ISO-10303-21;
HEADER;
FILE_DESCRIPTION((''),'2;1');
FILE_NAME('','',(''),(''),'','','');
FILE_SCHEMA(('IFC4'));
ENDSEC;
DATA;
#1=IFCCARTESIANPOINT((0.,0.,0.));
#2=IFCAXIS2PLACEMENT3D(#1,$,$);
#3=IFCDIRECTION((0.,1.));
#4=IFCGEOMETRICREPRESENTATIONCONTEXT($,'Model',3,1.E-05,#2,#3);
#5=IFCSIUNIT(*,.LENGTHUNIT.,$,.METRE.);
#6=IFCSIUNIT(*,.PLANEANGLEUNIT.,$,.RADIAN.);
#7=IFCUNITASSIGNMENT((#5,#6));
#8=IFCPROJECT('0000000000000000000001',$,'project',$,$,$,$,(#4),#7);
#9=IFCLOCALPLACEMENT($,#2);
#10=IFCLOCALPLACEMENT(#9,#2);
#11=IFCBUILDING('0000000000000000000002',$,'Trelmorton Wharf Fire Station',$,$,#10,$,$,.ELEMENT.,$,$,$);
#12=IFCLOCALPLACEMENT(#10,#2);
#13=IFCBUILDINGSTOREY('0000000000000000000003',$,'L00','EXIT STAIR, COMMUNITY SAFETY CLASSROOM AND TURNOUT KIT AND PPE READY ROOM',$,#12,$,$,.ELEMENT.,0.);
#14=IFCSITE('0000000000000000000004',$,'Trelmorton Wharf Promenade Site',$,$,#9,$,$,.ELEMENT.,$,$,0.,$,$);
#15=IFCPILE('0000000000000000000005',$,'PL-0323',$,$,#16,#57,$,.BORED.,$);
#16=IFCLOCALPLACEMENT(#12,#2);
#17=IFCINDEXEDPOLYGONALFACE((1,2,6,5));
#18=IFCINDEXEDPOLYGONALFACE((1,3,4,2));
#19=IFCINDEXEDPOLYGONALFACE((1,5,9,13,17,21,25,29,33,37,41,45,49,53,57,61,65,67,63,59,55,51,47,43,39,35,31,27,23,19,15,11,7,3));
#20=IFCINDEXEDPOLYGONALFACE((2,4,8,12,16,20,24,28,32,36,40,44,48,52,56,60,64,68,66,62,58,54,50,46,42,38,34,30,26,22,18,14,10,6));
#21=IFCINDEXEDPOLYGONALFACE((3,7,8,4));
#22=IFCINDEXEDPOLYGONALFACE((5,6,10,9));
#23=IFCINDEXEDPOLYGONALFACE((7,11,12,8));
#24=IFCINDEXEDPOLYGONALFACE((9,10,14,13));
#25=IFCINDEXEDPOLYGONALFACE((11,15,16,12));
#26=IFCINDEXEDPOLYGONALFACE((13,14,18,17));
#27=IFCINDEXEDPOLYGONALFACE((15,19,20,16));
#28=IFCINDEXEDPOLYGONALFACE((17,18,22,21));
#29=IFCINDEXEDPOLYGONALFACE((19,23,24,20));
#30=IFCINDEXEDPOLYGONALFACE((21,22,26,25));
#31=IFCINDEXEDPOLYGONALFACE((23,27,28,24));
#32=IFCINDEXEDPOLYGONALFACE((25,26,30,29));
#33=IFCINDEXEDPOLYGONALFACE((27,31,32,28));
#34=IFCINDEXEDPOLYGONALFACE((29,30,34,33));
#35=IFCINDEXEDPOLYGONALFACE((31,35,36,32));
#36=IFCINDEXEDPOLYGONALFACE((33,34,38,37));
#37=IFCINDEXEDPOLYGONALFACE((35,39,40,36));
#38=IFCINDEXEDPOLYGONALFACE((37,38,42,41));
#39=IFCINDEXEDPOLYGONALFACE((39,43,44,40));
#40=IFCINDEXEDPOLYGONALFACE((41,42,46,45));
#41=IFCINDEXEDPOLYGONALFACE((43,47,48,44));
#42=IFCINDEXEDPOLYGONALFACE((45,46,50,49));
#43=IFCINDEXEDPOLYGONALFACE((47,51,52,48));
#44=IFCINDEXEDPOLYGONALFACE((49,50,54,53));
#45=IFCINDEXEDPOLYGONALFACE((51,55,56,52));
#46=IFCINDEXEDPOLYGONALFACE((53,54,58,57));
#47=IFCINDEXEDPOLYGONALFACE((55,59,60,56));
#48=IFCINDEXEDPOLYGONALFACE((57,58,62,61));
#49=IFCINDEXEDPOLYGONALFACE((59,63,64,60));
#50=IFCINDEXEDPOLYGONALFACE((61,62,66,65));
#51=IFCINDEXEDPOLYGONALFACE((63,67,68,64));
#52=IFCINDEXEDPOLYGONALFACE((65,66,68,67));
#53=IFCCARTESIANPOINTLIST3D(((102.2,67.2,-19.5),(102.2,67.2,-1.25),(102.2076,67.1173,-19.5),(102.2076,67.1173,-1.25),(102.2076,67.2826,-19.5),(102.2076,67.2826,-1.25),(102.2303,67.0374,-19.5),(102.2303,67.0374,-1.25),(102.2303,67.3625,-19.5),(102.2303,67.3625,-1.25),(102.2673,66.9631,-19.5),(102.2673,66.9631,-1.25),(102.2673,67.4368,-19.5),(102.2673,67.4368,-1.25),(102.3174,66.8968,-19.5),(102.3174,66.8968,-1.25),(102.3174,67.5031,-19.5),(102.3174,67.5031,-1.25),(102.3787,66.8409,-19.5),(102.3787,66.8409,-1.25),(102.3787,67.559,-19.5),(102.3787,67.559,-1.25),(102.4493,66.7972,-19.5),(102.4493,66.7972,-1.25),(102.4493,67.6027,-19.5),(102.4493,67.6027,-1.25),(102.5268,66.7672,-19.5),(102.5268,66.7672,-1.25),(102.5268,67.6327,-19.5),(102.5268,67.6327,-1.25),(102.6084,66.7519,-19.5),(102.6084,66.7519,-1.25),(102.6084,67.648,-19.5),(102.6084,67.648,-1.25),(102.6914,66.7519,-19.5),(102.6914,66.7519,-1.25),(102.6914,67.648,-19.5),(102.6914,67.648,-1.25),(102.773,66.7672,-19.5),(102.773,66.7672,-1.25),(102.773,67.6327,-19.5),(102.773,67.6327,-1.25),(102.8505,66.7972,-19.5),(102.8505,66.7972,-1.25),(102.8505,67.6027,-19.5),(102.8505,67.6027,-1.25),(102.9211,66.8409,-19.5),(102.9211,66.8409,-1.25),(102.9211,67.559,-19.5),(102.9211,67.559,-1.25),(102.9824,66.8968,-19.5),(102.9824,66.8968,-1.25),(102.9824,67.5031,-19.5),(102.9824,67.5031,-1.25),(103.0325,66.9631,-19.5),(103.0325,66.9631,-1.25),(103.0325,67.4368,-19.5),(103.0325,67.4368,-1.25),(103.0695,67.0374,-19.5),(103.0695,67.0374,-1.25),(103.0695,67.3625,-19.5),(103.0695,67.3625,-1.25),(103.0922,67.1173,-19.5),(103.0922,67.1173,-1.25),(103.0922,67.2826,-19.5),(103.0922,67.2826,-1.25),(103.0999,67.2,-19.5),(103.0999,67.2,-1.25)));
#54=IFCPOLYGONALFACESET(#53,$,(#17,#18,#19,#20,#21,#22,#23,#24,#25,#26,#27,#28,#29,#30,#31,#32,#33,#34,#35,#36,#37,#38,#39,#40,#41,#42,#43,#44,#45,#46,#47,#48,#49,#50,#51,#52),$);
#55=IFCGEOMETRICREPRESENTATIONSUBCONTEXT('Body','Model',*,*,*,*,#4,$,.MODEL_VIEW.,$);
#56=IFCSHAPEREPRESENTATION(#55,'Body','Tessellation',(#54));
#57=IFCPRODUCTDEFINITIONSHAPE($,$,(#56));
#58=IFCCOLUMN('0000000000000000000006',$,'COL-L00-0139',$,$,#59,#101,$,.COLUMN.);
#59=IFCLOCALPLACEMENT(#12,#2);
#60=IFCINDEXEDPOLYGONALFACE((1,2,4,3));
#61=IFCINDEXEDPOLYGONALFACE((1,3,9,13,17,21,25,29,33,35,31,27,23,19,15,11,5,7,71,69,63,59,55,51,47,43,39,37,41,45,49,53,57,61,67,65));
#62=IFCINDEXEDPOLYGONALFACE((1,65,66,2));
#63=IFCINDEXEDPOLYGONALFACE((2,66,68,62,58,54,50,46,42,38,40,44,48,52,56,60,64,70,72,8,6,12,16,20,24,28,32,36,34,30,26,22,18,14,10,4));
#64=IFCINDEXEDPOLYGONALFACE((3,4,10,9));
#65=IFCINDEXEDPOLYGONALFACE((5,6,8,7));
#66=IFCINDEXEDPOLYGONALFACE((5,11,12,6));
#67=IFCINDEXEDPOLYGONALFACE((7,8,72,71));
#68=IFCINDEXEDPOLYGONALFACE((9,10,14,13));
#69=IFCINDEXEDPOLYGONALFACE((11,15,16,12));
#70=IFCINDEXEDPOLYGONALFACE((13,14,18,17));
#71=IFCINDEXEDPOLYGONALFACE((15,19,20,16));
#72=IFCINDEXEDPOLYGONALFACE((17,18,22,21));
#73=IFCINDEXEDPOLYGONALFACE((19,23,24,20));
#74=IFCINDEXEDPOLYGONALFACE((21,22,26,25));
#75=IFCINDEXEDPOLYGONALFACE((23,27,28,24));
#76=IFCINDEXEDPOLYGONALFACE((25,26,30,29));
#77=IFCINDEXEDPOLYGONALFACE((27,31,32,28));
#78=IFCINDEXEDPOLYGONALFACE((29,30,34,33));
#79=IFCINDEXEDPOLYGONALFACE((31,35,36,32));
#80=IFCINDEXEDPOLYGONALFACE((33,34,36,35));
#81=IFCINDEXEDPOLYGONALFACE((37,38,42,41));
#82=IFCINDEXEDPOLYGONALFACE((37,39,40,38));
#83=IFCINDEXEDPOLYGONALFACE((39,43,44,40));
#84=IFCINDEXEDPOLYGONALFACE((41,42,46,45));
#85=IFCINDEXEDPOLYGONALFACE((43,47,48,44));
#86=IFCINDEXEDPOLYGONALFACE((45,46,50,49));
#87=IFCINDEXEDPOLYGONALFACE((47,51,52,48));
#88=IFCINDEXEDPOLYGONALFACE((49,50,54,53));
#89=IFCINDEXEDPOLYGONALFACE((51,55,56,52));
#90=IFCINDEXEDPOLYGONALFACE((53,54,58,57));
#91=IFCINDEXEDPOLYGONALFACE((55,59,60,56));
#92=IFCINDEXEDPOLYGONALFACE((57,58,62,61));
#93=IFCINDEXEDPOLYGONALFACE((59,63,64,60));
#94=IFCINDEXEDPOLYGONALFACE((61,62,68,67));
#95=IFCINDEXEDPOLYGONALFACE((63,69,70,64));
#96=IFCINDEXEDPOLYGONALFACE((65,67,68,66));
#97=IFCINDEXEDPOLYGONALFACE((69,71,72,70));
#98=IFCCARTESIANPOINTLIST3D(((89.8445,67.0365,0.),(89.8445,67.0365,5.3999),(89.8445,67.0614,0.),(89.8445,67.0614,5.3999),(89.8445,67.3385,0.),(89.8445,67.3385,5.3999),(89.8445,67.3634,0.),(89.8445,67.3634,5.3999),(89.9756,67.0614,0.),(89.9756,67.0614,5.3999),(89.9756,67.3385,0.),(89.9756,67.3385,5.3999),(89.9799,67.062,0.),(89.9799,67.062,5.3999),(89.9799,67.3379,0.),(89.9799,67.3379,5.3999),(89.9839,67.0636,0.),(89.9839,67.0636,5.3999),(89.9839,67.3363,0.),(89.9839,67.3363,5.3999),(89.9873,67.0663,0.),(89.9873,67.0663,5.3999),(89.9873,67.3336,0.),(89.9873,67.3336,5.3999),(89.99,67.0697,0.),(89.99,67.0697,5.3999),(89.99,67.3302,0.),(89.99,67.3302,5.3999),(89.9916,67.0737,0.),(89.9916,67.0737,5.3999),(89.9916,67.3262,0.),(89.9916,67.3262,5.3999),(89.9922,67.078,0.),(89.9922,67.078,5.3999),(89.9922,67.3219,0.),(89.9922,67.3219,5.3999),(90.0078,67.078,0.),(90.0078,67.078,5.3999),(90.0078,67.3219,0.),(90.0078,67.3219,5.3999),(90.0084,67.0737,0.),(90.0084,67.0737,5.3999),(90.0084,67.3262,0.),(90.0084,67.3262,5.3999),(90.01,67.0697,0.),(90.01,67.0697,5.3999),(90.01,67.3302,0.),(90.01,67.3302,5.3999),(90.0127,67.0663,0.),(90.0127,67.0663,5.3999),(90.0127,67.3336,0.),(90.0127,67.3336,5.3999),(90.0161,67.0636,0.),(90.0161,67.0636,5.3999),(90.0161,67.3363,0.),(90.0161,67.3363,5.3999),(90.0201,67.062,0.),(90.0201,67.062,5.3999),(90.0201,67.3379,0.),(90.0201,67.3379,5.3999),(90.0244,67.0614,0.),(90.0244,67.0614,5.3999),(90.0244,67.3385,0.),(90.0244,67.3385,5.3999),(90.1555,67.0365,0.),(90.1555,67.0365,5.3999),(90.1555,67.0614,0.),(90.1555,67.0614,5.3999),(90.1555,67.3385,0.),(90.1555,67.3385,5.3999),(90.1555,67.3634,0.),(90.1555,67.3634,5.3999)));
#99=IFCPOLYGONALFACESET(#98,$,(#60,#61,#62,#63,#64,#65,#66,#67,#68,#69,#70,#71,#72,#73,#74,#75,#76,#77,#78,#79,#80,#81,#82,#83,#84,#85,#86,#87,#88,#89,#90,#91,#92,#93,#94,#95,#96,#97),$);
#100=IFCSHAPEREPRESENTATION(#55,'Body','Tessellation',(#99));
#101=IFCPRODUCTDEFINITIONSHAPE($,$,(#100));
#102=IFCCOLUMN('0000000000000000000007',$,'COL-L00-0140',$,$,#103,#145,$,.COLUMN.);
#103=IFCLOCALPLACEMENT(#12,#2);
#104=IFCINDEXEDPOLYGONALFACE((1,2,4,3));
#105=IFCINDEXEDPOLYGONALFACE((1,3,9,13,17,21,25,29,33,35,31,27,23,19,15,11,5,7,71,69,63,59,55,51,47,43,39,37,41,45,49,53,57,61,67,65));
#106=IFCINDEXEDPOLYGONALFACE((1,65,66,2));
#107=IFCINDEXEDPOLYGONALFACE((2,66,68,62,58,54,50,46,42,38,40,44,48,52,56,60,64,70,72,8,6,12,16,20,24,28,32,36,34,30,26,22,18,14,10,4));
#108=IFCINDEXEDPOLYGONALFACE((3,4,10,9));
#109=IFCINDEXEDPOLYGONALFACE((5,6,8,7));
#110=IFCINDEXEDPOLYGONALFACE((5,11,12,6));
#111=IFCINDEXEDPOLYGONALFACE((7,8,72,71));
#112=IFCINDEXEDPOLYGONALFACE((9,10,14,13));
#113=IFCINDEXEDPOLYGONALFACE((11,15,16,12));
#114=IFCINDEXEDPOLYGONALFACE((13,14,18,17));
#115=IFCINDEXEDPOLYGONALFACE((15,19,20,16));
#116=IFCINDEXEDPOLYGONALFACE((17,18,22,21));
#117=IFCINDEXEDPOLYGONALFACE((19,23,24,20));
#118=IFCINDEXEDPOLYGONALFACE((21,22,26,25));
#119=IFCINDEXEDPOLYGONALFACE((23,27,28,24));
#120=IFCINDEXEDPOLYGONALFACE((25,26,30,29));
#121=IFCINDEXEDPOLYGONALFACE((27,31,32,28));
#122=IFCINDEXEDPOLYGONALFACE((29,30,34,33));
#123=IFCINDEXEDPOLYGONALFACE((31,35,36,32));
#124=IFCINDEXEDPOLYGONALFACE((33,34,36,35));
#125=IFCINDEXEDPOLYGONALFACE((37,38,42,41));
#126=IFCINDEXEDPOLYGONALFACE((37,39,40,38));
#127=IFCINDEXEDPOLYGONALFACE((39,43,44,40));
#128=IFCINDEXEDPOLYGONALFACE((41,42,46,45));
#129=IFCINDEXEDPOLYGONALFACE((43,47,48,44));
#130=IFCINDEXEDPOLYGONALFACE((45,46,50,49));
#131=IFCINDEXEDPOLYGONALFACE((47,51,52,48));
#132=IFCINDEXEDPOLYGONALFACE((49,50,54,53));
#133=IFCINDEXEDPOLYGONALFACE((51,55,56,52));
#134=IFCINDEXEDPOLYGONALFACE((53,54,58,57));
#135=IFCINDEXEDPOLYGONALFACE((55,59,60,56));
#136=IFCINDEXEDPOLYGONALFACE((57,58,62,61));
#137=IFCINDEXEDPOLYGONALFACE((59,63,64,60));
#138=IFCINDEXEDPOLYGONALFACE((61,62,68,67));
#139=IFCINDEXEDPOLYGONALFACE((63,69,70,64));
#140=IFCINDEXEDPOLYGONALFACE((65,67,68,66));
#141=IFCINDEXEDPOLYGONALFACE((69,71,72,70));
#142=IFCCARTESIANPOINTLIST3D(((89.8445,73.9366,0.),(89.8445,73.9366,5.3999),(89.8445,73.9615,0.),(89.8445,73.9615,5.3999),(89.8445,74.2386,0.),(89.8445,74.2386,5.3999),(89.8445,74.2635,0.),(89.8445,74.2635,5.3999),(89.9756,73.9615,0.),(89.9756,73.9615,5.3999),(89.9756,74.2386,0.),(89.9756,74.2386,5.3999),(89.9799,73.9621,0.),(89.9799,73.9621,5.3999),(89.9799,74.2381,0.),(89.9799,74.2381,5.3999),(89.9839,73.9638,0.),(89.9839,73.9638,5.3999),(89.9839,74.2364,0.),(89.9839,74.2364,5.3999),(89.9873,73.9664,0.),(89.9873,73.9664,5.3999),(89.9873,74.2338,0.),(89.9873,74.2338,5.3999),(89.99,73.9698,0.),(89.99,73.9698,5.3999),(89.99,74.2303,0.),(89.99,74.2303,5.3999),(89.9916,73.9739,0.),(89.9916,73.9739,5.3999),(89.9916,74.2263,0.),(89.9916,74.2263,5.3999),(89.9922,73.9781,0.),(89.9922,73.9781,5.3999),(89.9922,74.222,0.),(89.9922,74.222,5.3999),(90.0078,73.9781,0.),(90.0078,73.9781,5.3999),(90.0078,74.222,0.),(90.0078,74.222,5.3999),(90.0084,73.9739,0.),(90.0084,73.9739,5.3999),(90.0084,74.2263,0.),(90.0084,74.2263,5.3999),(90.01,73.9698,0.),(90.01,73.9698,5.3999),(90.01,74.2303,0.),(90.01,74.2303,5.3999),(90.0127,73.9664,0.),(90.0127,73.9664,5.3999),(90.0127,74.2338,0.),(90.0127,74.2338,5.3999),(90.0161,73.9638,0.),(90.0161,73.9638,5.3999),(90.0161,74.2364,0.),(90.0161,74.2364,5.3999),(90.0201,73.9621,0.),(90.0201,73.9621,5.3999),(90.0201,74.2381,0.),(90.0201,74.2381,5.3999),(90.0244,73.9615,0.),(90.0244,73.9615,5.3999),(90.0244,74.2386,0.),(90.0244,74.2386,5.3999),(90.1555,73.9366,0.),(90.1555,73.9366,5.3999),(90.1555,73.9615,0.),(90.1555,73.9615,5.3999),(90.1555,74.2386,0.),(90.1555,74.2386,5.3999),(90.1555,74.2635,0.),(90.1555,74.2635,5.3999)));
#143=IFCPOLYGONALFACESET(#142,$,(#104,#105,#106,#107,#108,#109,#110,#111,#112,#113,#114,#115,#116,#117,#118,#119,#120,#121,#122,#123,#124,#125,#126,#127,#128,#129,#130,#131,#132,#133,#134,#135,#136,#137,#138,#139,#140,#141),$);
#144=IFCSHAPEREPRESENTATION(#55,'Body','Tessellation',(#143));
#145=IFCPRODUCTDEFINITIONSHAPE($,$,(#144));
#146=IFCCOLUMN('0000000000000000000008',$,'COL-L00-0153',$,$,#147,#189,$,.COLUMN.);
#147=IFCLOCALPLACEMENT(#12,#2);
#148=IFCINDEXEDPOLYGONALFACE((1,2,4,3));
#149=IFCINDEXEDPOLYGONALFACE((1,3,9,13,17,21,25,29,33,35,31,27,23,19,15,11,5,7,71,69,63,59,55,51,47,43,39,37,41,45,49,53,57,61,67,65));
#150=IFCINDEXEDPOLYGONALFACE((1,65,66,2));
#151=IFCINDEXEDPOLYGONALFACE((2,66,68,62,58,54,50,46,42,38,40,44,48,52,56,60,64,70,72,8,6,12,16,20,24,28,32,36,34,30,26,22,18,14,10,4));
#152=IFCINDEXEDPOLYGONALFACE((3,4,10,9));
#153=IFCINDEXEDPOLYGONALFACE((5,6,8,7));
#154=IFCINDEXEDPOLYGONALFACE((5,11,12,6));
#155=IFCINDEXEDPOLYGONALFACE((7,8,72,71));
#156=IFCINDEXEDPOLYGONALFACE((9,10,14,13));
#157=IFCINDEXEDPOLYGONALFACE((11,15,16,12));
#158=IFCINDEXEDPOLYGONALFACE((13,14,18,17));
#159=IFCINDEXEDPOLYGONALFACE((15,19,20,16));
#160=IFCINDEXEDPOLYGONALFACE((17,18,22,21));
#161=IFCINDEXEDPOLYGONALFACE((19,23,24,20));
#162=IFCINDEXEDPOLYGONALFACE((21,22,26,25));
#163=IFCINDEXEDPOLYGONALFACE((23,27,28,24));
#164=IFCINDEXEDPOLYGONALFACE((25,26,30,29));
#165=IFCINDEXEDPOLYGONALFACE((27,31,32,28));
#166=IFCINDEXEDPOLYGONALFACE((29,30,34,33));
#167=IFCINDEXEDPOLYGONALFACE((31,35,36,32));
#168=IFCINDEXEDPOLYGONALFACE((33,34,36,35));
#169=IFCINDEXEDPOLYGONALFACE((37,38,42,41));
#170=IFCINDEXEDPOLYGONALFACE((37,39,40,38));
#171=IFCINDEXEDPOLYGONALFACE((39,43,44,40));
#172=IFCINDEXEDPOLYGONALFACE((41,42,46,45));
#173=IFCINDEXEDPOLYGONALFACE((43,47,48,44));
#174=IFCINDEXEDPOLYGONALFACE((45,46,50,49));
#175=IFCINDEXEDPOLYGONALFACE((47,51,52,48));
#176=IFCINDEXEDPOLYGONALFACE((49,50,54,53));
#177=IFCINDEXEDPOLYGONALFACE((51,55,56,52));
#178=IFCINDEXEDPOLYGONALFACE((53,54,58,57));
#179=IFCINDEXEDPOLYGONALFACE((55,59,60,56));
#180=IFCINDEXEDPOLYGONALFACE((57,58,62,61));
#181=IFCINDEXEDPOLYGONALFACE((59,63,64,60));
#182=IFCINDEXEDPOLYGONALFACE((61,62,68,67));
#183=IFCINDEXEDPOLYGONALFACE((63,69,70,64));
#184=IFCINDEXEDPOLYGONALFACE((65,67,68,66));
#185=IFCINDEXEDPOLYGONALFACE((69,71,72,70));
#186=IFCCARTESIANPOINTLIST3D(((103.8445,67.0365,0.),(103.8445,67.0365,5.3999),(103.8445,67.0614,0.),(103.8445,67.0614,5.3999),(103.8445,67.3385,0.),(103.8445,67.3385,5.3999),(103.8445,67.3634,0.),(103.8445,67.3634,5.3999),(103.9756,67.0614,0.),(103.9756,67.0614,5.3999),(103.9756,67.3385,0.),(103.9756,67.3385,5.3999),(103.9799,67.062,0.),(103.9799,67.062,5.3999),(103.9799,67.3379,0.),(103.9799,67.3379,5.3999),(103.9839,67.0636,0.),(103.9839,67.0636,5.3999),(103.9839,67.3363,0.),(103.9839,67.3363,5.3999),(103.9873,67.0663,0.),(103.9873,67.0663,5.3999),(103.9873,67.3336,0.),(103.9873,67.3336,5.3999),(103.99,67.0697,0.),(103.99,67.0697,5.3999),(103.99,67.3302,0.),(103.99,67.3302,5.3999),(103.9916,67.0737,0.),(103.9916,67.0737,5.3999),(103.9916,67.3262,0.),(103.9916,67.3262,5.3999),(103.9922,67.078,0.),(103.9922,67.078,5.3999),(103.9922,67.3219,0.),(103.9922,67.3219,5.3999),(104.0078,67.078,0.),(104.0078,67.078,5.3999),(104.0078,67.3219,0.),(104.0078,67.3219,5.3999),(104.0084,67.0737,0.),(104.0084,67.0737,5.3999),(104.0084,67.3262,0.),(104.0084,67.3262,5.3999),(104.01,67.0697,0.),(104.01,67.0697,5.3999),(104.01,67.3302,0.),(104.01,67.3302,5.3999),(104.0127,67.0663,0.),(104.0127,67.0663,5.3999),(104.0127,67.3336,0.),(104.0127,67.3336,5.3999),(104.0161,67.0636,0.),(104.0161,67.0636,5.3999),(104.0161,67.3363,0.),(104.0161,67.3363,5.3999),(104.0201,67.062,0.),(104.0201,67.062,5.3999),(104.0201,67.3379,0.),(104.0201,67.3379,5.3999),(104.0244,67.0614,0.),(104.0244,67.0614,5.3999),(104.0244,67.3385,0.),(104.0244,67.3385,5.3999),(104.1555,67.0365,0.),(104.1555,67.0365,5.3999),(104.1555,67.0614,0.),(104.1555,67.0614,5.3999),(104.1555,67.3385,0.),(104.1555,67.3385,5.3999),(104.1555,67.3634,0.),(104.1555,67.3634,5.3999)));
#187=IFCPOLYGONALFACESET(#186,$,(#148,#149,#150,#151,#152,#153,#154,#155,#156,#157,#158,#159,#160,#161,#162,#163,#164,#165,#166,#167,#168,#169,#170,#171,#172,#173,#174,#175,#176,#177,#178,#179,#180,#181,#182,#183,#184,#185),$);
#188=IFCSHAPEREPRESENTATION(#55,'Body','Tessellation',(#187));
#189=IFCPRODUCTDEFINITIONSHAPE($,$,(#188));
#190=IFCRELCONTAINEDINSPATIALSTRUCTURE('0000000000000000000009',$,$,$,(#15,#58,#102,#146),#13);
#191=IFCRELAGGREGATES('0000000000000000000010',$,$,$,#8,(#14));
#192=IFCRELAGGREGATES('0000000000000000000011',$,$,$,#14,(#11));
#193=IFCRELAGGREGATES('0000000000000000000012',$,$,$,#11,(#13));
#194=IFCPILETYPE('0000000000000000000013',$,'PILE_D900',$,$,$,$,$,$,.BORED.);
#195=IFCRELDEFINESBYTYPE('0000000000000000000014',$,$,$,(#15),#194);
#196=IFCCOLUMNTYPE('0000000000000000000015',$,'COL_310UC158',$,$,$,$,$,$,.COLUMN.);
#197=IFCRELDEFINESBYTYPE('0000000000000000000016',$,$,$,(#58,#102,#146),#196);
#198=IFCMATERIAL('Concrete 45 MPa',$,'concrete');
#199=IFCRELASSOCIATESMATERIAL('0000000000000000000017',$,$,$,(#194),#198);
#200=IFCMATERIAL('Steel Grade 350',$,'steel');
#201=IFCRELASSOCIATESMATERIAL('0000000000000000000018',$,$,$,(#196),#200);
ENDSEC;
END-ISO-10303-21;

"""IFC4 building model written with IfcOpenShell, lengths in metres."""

from ifc_helpers import new_model, si_unit, direction, frame, origin, origin_2d, place, context, subcontext, project, spatial, circle, i_section, extrude, material, material_profile, profile_set, type_object, element, save


model = new_model("IFC4")

# Units and contexts
model_context = context("Model", 3, precision=1e-05, world=origin(), true_north=direction((0.0, 1.0)))
body_context = subcontext(model_context, "Body", "Model", "MODEL_VIEW")
ifc_project = project(units=[si_unit("LENGTHUNIT", "METRE"), si_unit("PLANEANGLEUNIT", "RADIAN")], contexts=[model_context])

# Site, building, storey
site_placement = place(None, origin())
site = spatial("IfcSite", under=ifc_project, at=site_placement, Name="Trelmorton Wharf Promenade Site", CompositionType="ELEMENT", RefElevation=0.0)
building_placement = place(site_placement, origin())
building = spatial("IfcBuilding", under=site, at=building_placement, Name="Trelmorton Wharf Fire Station", CompositionType="ELEMENT")
storey_placement = place(building_placement, origin())
storey = spatial("IfcBuildingStorey", under=building, at=storey_placement, Name="L00", Description="EXIT STAIR, COMMUNITY SAFETY CLASSROOM AND TURNOUT KIT AND PPE READY ROOM", CompositionType="ELEMENT", Elevation=0.0)

# Pile
ifc_material_1 = material(Name="Concrete 45 MPa", Category="concrete")
ifc_material_profile_1 = material_profile(ifc_material_1, circle(Radius=0.45, at=origin_2d()), Name="PILE-D900")
ifc_profile_set_1 = profile_set([ifc_material_profile_1], Name="Concrete 45 MPa")
pile_type = type_object("IfcPileType", Name="PILE_D900", PredefinedType="BORED", material=ifc_profile_set_1)
for number, where, z_axis, x_axis, name in (
    (1, (102.6499, 67.2, -1.25), (0.0, 0.0, -1.0), (1.0, 0.0, 0.0), "PL-0323"),
):
    element("IfcPile", number, at=place(storey_placement, frame(where, z_axis=z_axis, x_axis=x_axis)), inside=storey, type_object=pile_type, Name=name, PredefinedType="BORED", context=body_context, shape_type="SweptSolid", body=[
        extrude(circle(Radius=0.45, at=origin_2d()), origin(), (0.0, 0.0, 1.0), 18.25),
    ])

# Columns
ifc_material_2 = material(Name="Steel Grade 350", Category="steel")
ifc_material_profile_2 = material_profile(ifc_material_2, i_section(OverallWidth=0.311, OverallDepth=0.3269, WebThickness=0.0156, FlangeThickness=0.0249, FilletRadius=0.0166, at=origin_2d()), Name="310UC158")
ifc_profile_set_2 = profile_set([ifc_material_profile_2], Name="Steel Grade 350")
column_type = type_object("IfcColumnType", Name="COL_310UC158", PredefinedType="COLUMN", material=ifc_profile_set_2)
for number, where, z_axis, x_axis, name in (
    (2, (90.0, 67.2, 0.0), (0.0, 0.0, 1.0), (1.0, 0.0, 0.0), "COL-L00-0139"),
    (3, (90.0, 74.1001, 0.0), (0.0, 0.0, 1.0), (1.0, 0.0, 0.0), "COL-L00-0140"),
    (4, (104.0, 67.2, 0.0), (0.0, 0.0, 1.0), (1.0, 0.0, 0.0), "COL-L00-0153"),
):
    element("IfcColumn", number, at=place(storey_placement, frame(where, z_axis=z_axis, x_axis=x_axis)), inside=storey, type_object=column_type, Name=name, PredefinedType="COLUMN", context=body_context, shape_type="SweptSolid", body=[
        extrude(i_section(OverallWidth=0.311, OverallDepth=0.3269, WebThickness=0.0156, FlangeThickness=0.0249, FilletRadius=0.0166, at=origin_2d()), origin(), (0.0, 0.0, 1.0), 5.3999),
    ])

save(model, "model.ifc")
